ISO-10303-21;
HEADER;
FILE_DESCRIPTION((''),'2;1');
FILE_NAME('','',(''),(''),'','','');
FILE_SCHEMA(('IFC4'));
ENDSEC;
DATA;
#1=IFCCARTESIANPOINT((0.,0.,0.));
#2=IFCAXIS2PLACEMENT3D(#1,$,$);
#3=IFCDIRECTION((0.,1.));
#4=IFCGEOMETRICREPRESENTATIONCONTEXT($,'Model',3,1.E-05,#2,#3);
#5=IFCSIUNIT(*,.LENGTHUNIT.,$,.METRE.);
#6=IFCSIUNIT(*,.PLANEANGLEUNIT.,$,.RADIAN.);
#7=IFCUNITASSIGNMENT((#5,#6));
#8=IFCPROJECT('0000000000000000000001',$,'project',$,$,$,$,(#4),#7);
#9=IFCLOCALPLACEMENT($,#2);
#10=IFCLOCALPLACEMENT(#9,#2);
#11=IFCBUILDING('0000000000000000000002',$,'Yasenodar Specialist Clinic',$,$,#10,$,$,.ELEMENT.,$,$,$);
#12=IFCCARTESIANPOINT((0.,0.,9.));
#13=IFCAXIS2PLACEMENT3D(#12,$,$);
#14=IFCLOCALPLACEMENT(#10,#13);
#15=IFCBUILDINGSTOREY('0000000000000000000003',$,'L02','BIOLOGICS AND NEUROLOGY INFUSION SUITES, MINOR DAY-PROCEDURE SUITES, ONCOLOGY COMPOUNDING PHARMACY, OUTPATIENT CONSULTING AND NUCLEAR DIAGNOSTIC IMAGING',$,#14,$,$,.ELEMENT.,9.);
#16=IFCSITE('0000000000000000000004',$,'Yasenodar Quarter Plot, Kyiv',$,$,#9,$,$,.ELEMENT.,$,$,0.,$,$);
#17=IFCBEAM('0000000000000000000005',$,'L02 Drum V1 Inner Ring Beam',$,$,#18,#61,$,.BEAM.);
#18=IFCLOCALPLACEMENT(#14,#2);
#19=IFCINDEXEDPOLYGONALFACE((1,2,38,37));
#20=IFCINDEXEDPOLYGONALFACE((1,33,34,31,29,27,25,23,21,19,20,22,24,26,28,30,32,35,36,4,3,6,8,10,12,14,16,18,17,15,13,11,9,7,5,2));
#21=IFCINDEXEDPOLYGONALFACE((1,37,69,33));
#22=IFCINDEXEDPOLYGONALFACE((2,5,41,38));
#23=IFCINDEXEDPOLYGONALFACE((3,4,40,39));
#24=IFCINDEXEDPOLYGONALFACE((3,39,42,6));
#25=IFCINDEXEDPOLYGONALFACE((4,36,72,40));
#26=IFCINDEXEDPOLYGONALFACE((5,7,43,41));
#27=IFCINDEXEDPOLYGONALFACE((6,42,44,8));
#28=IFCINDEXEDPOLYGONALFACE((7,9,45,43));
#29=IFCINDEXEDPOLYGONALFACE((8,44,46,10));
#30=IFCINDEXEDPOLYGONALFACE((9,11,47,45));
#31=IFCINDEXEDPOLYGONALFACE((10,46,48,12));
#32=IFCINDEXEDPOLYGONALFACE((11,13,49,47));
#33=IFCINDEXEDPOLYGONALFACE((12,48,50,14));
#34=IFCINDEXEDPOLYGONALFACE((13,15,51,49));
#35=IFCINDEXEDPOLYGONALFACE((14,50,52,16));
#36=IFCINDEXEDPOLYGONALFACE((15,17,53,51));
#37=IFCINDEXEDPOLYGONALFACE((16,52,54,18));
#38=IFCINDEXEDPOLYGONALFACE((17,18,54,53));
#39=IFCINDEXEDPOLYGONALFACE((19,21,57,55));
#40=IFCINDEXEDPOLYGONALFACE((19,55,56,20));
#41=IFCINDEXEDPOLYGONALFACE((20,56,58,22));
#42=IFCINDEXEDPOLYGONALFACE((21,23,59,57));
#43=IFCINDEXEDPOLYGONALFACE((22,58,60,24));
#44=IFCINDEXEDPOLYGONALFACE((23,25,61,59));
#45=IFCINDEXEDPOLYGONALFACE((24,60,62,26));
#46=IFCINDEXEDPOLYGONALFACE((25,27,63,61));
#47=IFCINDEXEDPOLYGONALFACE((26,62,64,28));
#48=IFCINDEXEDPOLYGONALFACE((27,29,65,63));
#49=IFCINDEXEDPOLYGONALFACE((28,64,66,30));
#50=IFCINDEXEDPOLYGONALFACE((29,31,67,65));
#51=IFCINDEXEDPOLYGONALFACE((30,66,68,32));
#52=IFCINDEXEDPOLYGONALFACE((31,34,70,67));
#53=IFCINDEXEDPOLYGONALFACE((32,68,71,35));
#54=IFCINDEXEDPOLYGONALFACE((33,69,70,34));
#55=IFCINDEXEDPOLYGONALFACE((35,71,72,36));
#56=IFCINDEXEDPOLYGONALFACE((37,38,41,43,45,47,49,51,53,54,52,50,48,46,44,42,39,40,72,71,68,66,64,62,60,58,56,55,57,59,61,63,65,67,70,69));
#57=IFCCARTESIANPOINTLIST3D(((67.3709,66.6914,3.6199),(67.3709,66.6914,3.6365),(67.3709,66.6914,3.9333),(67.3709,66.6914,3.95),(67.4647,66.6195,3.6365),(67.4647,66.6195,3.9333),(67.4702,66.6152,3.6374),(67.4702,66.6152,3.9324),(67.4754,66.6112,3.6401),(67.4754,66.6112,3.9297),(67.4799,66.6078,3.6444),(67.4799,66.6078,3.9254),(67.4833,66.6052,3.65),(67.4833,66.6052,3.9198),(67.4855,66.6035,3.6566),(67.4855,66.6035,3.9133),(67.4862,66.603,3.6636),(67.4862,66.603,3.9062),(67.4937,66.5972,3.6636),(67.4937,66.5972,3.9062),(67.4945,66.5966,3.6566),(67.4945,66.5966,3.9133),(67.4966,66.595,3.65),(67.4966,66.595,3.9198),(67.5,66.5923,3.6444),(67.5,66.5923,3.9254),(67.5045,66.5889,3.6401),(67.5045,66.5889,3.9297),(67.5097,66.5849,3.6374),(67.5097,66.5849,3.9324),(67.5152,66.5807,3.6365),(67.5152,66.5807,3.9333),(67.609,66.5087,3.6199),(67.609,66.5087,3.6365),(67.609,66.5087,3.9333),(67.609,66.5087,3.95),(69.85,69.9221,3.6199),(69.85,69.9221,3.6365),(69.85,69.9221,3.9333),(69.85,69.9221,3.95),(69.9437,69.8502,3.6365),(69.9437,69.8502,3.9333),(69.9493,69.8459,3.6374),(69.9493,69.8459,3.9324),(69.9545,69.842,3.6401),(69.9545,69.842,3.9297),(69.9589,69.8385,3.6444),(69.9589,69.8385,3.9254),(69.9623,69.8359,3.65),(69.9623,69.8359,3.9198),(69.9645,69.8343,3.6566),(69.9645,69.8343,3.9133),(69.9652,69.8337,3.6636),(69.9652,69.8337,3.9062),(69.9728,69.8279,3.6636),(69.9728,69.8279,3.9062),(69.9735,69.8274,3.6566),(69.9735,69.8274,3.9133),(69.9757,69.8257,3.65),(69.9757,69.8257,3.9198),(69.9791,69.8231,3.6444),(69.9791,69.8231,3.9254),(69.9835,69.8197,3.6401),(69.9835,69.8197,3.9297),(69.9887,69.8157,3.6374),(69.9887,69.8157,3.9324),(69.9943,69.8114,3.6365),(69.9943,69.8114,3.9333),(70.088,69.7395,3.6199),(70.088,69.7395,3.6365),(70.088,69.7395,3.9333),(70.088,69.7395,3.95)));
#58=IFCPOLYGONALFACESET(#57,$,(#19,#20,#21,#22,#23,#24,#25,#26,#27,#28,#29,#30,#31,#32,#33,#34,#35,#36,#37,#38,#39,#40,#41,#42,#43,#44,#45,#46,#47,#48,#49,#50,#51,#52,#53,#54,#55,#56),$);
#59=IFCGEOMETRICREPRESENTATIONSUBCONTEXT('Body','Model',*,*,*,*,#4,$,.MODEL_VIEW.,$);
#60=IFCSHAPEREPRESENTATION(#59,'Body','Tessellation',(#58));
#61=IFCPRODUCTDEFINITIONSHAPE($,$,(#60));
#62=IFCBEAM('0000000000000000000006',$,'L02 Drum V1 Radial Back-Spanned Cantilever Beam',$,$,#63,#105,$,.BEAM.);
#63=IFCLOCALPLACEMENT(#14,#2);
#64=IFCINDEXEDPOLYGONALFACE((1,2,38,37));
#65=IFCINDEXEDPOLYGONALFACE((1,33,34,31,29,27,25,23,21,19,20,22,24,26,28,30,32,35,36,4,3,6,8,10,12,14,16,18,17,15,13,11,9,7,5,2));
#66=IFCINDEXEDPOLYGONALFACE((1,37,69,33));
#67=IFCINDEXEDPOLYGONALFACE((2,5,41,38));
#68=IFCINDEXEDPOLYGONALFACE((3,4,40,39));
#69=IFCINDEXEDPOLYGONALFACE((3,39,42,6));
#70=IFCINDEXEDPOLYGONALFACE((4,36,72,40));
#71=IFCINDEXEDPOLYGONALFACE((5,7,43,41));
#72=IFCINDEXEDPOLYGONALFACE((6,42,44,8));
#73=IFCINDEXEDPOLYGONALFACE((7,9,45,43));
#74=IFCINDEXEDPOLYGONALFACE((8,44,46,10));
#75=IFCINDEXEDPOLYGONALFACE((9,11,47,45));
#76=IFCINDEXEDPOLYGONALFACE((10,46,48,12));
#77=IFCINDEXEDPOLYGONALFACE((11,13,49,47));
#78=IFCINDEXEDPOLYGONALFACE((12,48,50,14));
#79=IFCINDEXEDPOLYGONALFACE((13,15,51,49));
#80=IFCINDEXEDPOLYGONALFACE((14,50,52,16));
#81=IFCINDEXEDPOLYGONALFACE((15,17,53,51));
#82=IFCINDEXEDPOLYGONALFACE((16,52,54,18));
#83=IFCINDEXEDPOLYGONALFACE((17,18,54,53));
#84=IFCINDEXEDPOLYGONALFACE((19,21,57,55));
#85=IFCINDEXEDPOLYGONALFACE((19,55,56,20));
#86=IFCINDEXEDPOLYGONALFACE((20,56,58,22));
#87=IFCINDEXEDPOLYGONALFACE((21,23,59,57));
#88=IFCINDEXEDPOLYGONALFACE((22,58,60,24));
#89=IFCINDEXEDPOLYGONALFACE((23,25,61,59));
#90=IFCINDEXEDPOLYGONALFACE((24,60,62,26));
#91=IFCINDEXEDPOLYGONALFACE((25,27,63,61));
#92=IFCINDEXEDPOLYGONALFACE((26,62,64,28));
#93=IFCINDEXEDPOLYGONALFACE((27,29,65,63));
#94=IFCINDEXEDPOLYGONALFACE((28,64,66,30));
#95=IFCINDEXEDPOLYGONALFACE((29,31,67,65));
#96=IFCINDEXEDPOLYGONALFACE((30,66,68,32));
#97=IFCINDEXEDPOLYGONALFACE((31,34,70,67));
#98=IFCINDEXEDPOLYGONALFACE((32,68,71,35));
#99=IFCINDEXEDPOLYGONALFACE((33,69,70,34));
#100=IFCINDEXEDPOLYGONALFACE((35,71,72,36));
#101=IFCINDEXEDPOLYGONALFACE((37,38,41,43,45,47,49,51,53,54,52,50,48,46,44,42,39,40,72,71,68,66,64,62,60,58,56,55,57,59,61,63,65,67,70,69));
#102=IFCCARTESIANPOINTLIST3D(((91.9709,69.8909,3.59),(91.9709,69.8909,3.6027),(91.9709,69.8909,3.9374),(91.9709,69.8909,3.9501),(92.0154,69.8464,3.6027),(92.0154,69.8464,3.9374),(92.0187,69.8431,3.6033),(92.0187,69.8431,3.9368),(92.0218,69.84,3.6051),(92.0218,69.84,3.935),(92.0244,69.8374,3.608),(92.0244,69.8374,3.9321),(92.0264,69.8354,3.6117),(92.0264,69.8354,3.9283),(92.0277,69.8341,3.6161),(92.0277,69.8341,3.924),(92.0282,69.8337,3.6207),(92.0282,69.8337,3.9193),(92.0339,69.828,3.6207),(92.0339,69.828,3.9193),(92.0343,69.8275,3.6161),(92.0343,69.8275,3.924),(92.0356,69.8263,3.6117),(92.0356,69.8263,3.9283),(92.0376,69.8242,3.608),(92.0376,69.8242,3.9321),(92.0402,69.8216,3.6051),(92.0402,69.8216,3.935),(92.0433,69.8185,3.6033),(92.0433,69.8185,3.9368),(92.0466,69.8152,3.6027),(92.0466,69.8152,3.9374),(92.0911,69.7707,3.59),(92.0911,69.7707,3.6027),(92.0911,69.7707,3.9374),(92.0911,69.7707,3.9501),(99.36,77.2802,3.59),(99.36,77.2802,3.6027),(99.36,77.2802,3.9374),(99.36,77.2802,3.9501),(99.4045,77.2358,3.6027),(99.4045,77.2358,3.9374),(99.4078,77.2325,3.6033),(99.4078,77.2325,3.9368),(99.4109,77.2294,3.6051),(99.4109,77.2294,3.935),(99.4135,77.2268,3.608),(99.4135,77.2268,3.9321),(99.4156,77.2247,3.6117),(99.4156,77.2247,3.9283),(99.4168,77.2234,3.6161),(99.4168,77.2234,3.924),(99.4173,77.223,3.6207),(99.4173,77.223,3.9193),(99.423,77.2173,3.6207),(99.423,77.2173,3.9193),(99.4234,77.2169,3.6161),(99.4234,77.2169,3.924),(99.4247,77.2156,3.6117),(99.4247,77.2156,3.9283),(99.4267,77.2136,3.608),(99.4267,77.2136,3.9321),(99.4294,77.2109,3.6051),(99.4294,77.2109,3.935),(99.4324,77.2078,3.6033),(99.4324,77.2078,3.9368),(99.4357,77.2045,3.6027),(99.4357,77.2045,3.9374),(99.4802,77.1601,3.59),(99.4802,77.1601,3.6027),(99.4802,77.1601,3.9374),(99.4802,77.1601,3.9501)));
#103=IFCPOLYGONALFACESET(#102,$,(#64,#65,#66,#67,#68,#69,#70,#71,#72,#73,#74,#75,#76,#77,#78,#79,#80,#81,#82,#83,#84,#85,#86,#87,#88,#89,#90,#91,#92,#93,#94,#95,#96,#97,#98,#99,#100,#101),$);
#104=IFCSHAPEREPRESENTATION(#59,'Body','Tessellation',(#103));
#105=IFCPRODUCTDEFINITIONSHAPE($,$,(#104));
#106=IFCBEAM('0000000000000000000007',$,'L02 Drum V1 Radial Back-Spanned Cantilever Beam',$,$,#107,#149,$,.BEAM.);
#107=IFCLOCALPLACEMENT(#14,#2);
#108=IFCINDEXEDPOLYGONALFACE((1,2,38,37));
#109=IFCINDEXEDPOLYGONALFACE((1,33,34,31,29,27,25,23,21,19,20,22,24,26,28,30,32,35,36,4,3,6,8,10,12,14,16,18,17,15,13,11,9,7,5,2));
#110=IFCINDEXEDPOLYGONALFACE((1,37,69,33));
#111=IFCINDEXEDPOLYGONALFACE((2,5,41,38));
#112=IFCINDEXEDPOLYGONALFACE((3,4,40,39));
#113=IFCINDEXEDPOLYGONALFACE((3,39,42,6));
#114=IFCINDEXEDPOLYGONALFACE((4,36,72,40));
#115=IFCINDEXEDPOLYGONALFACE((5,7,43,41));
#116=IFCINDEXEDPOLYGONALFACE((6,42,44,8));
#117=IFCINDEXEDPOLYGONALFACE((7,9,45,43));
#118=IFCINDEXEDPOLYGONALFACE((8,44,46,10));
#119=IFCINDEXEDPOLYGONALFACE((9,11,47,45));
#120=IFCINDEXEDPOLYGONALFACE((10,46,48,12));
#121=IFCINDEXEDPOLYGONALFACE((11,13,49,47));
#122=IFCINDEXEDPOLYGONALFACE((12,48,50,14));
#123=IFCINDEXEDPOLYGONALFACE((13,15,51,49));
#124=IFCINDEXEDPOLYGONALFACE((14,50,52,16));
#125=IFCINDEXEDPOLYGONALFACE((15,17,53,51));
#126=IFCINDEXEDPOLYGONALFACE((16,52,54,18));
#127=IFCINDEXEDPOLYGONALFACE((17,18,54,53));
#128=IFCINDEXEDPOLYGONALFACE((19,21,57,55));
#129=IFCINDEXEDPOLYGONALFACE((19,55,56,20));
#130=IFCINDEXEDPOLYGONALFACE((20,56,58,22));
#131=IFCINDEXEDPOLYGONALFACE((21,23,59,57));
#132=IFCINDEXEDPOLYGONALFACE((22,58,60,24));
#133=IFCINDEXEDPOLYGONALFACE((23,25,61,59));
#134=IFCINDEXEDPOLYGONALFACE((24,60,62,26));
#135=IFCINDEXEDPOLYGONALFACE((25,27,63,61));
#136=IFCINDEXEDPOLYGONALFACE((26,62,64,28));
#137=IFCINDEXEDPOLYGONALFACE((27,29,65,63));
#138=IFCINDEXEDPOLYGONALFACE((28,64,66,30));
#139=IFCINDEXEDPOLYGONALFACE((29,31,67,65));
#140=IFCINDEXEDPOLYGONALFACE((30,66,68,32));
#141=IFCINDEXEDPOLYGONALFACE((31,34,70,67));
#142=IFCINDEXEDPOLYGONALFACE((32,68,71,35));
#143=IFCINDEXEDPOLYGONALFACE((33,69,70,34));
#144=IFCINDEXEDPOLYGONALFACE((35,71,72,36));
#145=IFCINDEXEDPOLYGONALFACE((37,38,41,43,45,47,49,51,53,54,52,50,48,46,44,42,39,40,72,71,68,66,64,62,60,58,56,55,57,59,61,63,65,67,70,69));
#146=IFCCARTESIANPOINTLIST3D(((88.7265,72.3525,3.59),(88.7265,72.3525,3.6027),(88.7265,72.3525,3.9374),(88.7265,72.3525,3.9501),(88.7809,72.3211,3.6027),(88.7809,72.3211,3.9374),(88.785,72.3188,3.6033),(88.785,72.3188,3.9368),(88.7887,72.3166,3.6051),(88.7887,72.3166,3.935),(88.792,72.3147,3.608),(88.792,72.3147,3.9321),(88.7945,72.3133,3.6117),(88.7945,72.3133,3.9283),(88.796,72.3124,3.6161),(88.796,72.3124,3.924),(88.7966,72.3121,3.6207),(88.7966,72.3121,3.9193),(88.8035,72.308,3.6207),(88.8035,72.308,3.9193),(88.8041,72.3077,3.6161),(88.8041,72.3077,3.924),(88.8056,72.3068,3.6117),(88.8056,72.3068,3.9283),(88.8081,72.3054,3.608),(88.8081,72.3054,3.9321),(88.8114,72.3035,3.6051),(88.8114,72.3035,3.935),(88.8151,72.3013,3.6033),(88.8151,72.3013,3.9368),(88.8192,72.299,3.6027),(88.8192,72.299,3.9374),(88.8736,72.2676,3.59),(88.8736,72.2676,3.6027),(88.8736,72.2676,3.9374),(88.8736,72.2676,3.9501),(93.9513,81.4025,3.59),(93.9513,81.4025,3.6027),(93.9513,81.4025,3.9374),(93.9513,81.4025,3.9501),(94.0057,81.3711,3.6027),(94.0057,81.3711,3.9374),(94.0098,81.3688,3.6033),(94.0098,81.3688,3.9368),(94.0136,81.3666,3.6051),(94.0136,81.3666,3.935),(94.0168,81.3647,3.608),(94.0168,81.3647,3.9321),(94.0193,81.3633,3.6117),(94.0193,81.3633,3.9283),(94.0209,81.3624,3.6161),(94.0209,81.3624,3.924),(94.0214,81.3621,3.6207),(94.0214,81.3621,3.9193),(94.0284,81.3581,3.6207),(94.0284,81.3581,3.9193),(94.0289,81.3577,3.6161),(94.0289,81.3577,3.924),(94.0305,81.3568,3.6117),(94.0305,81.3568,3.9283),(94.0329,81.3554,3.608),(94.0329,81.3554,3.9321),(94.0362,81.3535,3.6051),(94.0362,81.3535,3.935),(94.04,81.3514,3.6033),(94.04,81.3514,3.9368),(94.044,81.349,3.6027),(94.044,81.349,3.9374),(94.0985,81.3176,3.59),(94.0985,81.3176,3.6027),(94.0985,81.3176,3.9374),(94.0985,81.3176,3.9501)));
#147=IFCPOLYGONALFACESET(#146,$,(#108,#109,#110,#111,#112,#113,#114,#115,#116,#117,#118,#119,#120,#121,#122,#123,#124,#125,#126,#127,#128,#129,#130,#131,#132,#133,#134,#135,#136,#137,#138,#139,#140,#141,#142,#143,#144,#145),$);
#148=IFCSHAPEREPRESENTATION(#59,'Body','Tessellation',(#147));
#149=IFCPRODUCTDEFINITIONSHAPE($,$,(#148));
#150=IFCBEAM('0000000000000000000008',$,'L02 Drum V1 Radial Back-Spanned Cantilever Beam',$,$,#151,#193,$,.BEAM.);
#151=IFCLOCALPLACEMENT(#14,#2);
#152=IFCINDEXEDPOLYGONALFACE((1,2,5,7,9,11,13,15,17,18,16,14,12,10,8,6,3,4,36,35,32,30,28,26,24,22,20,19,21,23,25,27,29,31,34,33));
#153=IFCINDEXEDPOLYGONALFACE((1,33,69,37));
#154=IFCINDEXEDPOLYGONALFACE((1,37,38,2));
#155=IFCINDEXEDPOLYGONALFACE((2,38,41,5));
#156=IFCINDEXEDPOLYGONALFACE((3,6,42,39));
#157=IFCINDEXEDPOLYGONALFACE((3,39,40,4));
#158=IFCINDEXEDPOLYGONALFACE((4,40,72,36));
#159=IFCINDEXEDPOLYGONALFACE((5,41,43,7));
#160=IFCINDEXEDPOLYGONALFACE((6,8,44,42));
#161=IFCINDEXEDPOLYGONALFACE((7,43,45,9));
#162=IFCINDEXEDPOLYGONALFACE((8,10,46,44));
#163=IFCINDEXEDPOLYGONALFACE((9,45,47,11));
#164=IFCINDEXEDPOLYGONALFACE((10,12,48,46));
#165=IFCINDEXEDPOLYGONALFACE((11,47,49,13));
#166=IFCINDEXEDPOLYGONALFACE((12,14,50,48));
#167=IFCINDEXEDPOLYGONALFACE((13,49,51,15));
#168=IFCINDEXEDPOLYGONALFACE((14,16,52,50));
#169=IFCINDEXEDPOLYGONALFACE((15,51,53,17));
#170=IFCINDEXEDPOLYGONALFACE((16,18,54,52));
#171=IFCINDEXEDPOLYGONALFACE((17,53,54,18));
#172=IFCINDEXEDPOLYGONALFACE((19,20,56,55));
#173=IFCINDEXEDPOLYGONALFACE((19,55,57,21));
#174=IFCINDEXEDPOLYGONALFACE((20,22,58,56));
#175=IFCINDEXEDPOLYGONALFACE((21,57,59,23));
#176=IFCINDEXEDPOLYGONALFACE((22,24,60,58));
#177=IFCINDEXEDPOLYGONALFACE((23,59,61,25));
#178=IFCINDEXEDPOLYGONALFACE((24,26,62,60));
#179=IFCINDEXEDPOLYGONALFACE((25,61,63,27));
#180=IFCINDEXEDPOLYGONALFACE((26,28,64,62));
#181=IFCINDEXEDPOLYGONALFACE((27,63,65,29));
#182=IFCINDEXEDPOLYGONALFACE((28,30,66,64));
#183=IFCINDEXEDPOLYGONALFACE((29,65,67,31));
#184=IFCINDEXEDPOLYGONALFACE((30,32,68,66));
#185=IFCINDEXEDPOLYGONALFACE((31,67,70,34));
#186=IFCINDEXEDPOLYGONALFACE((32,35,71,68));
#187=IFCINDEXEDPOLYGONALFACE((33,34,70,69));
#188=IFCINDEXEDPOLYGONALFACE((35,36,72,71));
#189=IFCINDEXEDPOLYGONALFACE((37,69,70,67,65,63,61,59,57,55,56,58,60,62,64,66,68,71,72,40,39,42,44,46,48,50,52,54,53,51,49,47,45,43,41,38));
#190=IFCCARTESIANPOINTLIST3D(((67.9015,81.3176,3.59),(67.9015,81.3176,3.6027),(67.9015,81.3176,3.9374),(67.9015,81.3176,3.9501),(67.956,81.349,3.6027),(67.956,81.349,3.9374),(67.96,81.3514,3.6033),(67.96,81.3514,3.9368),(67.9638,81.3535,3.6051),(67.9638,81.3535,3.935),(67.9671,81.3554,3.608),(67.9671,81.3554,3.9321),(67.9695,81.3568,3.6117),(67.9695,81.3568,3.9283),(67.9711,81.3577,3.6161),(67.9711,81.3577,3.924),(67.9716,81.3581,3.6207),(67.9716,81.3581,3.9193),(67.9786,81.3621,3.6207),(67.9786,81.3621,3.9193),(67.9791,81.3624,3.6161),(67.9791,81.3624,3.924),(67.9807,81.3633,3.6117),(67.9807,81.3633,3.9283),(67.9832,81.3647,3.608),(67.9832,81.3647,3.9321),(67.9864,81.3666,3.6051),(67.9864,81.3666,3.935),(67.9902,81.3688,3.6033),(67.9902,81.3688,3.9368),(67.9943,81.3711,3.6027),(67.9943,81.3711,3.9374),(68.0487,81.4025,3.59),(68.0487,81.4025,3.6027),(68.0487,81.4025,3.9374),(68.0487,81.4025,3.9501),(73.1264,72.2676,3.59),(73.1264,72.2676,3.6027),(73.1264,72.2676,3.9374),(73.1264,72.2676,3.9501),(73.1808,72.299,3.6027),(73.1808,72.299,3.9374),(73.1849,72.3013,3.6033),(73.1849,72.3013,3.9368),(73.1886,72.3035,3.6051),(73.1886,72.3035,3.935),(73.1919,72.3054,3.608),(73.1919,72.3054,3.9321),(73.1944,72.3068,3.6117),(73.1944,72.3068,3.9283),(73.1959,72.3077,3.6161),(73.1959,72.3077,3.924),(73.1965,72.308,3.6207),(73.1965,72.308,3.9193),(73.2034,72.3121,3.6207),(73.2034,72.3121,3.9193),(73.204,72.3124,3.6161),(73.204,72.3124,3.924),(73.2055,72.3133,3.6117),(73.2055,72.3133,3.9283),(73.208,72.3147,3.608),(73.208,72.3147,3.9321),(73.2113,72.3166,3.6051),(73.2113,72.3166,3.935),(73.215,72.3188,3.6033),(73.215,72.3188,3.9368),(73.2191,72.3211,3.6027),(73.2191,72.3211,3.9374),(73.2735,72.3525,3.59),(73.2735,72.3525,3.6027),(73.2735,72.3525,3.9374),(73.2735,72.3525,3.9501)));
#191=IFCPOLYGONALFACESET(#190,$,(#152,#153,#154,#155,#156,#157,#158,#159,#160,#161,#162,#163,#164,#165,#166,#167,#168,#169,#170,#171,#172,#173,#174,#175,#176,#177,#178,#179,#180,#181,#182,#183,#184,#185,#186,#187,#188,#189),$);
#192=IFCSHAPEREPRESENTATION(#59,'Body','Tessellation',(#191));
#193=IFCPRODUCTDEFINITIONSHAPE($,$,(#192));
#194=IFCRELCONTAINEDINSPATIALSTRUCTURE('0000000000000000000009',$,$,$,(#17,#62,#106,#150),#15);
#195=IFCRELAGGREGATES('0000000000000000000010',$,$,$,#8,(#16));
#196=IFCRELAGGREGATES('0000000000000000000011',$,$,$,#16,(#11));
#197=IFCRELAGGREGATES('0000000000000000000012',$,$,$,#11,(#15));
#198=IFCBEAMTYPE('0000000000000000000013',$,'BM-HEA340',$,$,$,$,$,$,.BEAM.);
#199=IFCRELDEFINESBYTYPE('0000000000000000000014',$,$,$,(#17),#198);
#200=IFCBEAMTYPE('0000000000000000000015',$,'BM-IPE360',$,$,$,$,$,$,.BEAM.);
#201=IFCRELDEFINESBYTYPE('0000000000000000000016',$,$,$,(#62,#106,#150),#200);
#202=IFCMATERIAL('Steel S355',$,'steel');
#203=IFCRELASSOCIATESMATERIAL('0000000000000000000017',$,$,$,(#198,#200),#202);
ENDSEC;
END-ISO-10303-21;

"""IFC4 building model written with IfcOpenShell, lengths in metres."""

from ifc_helpers import new_model, si_unit, direction, frame, origin, origin_2d, place, context, subcontext, project, spatial, i_section, extrude, material, material_profile, profile_set, type_object, element, save


model = new_model("IFC4")

# Units and contexts
model_context = context("Model", 3, precision=1e-05, world=origin(), true_north=direction((0.0, 1.0)))
body_context = subcontext(model_context, "Body", "Model", "MODEL_VIEW")
ifc_project = project(units=[si_unit("LENGTHUNIT", "METRE"), si_unit("PLANEANGLEUNIT", "RADIAN")], contexts=[model_context])

# Site, building, storey
site_placement = place(None, origin())
site = spatial("IfcSite", under=ifc_project, at=site_placement, Name="Yasenodar Quarter Plot, Kyiv", CompositionType="ELEMENT", RefElevation=0.0)
building_placement = place(site_placement, origin())
building = spatial("IfcBuilding", under=site, at=building_placement, Name="Yasenodar Specialist Clinic", CompositionType="ELEMENT")
storey_placement = place(building_placement, frame((0.0, 0.0, 9.0)))
storey = spatial("IfcBuildingStorey", under=building, at=storey_placement, Name="L02", Description="BIOLOGICS AND NEUROLOGY INFUSION SUITES, MINOR DAY-PROCEDURE SUITES, ONCOLOGY COMPOUNDING PHARMACY, OUTPATIENT CONSULTING AND NUCLEAR DIAGNOSTIC IMAGING", CompositionType="ELEMENT", Elevation=9.0)

# Shared definitions
ifc_material_1 = material(Name="Steel S355", Category="steel")

# Beams
ifc_material_profile_1 = material_profile(ifc_material_1, i_section(OverallWidth=0.3, OverallDepth=0.3301, WebThickness=0.0095, FlangeThickness=0.0166, FilletRadius=0.0271, at=origin_2d()), Name="HEA 340")
ifc_profile_set_1 = profile_set([ifc_material_profile_1], Name="Steel S355")
beam_type_1 = type_object("IfcBeamType", Name="BM-HEA340", PredefinedType="BEAM", material=ifc_profile_set_1)
beam_placement = place(storey_placement, frame((69.969, 69.8308, 3.7849), z_axis=(-0.60876, -0.793354, 0.0), x_axis=(0.793354, -0.60876, 0.0)))
element("IfcBeam", 1, at=beam_placement, inside=storey, type_object=beam_type_1, Name="L02 Drum V1 Inner Ring Beam", PredefinedType="BEAM", context=body_context, shape_type="SweptSolid", body=[
    extrude(i_section(OverallWidth=0.3, OverallDepth=0.3301, WebThickness=0.0095, FlangeThickness=0.0166, FilletRadius=0.0271, at=origin_2d()), origin(), (0.0, 0.0, 1.0), 4.0723),
])
ifc_material_profile_2 = material_profile(ifc_material_1, i_section(OverallWidth=0.1699, OverallDepth=0.3601, WebThickness=0.0081, FlangeThickness=0.0127, FilletRadius=0.0181, at=origin_2d()), Name="IPE 360")
ifc_profile_set_2 = profile_set([ifc_material_profile_2], Name="Steel S355")
beam_type_2 = type_object("IfcBeamType", Name="BM-IPE360", PredefinedType="BEAM", material=ifc_profile_set_2)
for number, where, z_axis, x_axis, name in (
    (2, (92.031, 69.8308, 3.77), (0.707095, 0.707118, 0.0), (-0.707118, 0.707095, 0.0), "L02 Drum V1 Radial Back-Spanned Cantilever Beam"),
    (3, (88.8, 72.3101, 3.77), (0.499986, 0.866033, 0.0), (-0.866033, 0.499986, 0.0), "L02 Drum V1 Radial Back-Spanned Cantilever Beam"),
    (4, (73.2, 72.3101, 3.77), (-0.499986, 0.866033, 0.0), (-0.866033, -0.499986, 0.0), "L02 Drum V1 Radial Back-Spanned Cantilever Beam"),
):
    element("IfcBeam", number, at=place(storey_placement, frame(where, z_axis=z_axis, x_axis=x_axis)), inside=storey, type_object=beam_type_2, Name=name, PredefinedType="BEAM", context=body_context, shape_type="SweptSolid", body=[
        extrude(i_section(OverallWidth=0.1699, OverallDepth=0.3601, WebThickness=0.0081, FlangeThickness=0.0127, FilletRadius=0.0181, at=origin_2d()), origin(), (0.0, 0.0, 1.0), 10.45),
    ])

save(model, "model.ifc")
